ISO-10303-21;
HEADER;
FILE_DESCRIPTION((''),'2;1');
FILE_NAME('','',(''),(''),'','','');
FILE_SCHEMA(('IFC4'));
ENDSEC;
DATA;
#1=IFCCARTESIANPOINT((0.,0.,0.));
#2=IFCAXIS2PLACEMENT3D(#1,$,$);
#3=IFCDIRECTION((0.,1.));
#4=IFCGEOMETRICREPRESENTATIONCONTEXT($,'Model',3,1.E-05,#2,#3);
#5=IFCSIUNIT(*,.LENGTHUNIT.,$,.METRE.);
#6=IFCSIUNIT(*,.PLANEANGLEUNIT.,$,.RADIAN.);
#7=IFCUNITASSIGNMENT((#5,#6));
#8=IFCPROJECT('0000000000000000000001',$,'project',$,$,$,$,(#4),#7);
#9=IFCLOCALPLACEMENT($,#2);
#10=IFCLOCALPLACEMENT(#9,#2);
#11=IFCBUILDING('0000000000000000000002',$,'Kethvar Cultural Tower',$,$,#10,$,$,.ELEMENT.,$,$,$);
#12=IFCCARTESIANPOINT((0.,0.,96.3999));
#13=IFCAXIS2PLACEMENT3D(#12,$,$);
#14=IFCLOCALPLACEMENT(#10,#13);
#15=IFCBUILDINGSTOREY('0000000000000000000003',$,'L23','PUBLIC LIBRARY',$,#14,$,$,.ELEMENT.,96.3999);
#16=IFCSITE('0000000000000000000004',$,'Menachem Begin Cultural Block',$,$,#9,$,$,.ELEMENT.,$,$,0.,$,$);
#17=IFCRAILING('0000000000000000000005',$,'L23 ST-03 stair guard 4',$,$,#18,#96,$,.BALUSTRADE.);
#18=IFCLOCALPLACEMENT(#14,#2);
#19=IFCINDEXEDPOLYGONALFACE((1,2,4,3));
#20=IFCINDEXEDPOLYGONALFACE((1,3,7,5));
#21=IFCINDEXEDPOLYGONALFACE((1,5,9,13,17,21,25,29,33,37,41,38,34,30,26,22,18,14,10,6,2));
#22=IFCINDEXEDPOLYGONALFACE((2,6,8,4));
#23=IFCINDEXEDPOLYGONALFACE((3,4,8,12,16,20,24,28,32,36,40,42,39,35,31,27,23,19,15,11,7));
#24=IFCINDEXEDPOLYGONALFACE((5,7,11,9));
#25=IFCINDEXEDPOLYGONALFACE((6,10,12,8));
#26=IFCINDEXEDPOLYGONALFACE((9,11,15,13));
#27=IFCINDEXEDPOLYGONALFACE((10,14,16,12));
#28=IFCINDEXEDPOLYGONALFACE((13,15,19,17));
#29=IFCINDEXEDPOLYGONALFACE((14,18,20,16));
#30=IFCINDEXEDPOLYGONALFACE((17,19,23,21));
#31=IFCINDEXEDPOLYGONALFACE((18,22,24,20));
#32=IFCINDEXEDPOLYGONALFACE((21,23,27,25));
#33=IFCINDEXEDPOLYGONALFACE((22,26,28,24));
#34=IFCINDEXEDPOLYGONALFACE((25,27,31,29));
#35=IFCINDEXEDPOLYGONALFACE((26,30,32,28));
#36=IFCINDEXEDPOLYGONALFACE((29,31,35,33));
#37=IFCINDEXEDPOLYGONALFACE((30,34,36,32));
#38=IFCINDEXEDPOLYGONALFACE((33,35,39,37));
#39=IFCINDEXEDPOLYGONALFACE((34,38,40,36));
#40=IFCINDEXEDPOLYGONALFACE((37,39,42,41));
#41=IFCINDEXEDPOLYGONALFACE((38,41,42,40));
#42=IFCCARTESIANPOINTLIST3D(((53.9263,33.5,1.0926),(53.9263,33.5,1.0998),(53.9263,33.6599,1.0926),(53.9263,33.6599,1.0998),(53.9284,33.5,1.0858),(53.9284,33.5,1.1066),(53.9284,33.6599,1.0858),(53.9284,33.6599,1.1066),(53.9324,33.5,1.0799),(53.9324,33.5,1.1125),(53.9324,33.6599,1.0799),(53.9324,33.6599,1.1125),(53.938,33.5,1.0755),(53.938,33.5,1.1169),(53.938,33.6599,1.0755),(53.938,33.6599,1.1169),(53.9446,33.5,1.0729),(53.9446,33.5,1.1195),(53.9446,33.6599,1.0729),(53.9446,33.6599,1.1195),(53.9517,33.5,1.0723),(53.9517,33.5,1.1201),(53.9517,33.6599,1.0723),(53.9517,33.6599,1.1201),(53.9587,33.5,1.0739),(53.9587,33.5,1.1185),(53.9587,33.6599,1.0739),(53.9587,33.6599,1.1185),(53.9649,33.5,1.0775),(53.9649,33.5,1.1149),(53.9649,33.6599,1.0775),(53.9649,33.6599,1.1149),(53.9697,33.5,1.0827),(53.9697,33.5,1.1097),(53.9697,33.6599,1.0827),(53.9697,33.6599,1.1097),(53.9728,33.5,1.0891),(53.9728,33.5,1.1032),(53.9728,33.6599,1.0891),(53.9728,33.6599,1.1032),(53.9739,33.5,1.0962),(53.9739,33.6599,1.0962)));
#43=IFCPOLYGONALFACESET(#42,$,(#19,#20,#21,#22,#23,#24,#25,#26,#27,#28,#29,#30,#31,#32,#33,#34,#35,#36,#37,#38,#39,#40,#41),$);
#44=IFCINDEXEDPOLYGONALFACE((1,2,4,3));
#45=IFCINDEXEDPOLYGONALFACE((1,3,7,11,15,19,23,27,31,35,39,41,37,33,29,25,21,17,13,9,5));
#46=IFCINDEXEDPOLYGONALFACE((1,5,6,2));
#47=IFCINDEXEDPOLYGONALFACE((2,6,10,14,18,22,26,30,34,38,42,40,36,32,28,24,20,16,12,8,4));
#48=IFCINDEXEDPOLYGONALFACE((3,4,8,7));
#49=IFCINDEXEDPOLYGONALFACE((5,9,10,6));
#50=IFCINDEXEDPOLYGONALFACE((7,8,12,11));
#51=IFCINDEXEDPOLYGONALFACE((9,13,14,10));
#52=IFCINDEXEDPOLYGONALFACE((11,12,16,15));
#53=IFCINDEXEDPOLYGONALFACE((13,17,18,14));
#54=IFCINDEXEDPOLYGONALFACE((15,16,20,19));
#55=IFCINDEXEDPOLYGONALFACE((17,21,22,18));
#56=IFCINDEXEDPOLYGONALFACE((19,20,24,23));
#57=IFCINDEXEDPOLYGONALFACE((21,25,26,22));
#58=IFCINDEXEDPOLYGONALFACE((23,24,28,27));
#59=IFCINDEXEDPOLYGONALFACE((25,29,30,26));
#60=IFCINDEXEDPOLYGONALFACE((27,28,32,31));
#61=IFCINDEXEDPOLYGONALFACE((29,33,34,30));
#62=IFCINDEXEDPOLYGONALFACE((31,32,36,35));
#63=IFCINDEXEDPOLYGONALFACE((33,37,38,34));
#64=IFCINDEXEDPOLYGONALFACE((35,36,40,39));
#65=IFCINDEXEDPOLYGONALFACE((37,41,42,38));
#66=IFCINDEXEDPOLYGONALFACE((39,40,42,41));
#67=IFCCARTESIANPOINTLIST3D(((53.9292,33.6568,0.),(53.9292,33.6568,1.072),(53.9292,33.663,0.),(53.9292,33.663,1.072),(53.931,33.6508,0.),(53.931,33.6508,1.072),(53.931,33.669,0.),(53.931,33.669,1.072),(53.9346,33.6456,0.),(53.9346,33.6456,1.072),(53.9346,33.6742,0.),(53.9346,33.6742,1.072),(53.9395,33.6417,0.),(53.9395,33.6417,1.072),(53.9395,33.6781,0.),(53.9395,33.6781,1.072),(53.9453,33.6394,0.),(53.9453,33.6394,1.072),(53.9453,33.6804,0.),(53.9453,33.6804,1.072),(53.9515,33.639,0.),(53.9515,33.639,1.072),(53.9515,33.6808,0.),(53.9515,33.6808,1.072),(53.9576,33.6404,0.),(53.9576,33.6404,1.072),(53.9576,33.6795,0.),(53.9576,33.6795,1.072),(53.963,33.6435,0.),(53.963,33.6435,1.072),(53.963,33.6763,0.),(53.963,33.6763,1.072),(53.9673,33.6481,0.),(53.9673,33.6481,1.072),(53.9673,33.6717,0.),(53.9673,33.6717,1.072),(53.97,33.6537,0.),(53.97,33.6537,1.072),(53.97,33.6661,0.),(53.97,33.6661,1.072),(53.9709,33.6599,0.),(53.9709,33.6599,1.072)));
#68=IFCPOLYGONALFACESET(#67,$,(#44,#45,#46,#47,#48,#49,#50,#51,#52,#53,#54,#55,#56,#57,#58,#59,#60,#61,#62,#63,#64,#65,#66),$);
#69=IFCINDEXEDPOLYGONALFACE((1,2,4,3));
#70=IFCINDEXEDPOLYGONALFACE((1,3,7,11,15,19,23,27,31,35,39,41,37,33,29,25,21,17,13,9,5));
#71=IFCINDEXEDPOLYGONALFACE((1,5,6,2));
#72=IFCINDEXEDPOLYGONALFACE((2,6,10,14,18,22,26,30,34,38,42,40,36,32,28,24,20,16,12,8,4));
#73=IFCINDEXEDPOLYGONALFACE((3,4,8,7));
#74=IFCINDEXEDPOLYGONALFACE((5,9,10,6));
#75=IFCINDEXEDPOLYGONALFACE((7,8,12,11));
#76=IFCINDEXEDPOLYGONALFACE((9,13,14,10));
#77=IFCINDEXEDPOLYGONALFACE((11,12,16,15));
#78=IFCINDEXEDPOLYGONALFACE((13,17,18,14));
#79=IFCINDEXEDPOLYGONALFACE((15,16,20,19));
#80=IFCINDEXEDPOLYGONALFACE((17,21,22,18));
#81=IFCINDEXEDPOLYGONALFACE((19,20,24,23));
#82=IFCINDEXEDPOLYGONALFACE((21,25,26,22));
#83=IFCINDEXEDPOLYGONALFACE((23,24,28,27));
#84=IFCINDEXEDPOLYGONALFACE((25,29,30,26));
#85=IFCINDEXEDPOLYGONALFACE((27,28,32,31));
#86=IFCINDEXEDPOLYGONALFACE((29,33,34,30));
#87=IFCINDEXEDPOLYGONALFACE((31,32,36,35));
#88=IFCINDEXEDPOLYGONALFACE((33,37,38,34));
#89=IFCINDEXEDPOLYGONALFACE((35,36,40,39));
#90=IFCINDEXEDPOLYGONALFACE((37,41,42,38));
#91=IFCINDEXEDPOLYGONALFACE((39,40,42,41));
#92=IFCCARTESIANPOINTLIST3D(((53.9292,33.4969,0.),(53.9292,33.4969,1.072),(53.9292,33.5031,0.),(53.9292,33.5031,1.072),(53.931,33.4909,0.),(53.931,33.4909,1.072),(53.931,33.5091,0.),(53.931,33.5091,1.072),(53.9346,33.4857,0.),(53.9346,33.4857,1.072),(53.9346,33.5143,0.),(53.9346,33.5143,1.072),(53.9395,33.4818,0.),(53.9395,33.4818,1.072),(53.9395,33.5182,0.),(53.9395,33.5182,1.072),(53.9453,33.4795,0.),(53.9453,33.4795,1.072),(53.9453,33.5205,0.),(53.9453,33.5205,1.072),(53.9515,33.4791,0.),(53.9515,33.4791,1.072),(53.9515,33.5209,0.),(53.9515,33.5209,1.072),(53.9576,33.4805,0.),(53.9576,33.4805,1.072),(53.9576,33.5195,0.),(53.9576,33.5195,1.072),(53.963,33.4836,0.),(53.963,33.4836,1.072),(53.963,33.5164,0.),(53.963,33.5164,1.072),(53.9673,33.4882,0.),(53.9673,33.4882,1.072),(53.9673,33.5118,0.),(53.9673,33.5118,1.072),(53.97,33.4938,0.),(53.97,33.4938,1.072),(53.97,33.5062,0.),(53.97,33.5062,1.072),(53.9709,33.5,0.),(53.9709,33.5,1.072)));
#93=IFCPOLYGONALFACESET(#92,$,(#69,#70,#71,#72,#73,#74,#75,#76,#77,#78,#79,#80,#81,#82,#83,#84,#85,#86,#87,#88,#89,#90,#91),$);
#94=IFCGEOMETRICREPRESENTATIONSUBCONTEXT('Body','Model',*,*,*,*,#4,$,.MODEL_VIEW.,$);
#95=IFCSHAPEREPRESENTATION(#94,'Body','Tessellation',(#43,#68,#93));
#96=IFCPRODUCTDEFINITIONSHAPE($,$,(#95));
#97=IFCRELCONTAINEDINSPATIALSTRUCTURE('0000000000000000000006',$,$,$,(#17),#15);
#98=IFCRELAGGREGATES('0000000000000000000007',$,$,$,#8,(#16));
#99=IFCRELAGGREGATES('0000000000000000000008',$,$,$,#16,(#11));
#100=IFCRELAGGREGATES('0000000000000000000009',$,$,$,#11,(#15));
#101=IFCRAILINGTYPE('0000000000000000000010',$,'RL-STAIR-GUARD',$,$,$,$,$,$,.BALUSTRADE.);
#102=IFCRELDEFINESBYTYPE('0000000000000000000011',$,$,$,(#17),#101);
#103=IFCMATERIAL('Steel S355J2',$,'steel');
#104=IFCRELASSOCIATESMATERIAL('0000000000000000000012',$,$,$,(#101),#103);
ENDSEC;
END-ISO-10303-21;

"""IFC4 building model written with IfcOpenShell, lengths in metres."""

from ifc_helpers import new_model, si_unit, direction, frame, origin, origin_2d, place, context, subcontext, project, spatial, circle, extrude, material, type_object, element, save


model = new_model("IFC4")

# Units and contexts
model_context = context("Model", 3, precision=1e-05, world=origin(), true_north=direction((0.0, 1.0)))
body_context = subcontext(model_context, "Body", "Model", "MODEL_VIEW")
ifc_project = project(units=[si_unit("LENGTHUNIT", "METRE"), si_unit("PLANEANGLEUNIT", "RADIAN")], contexts=[model_context])

# Site, building, storey
site_placement = place(None, origin())
site = spatial("IfcSite", under=ifc_project, at=site_placement, Name="Menachem Begin Cultural Block", CompositionType="ELEMENT", RefElevation=0.0)
building_placement = place(site_placement, origin())
building = spatial("IfcBuilding", under=site, at=building_placement, Name="Kethvar Cultural Tower", CompositionType="ELEMENT")
storey_placement = place(building_placement, frame((0.0, 0.0, 96.3999)))
storey = spatial("IfcBuildingStorey", under=building, at=storey_placement, Name="L23", Description="PUBLIC LIBRARY", CompositionType="ELEMENT", Elevation=96.3999)

# Shared definitions
ifc_material_1 = material(Name="Steel S355J2", Category="steel")

# Railing
railing_type_1 = type_object("IfcRailingType", Name="RL-STAIR-GUARD", PredefinedType="BALUSTRADE", material=ifc_material_1)
railing_1_placement = place(storey_placement, frame((53.95, 33.6599, 0.0)))
element("IfcRailing", 1, at=railing_1_placement, inside=storey, type_object=railing_type_1, Name="L23 ST-03 stair guard 4", PredefinedType="BALUSTRADE", context=body_context, shape_type="SweptSolid", body=[
    extrude(circle(Radius=0.0239, at=origin_2d()), frame((0.0, 0.0, 1.0962), z_axis=(0.0, -1.0, 0.0), x_axis=(1.0, 0.0, 0.0)), (0.0, 0.0, 1.0), 0.1599),
    extrude(circle(Radius=0.021, at=origin_2d()), origin(), (0.0, 0.0, 1.0), 1.072),
    extrude(circle(Radius=0.021, at=origin_2d()), frame((0.0, -0.1599, 0.0)), (0.0, 0.0, 1.0), 1.072),
])

save(model, "model.ifc")
